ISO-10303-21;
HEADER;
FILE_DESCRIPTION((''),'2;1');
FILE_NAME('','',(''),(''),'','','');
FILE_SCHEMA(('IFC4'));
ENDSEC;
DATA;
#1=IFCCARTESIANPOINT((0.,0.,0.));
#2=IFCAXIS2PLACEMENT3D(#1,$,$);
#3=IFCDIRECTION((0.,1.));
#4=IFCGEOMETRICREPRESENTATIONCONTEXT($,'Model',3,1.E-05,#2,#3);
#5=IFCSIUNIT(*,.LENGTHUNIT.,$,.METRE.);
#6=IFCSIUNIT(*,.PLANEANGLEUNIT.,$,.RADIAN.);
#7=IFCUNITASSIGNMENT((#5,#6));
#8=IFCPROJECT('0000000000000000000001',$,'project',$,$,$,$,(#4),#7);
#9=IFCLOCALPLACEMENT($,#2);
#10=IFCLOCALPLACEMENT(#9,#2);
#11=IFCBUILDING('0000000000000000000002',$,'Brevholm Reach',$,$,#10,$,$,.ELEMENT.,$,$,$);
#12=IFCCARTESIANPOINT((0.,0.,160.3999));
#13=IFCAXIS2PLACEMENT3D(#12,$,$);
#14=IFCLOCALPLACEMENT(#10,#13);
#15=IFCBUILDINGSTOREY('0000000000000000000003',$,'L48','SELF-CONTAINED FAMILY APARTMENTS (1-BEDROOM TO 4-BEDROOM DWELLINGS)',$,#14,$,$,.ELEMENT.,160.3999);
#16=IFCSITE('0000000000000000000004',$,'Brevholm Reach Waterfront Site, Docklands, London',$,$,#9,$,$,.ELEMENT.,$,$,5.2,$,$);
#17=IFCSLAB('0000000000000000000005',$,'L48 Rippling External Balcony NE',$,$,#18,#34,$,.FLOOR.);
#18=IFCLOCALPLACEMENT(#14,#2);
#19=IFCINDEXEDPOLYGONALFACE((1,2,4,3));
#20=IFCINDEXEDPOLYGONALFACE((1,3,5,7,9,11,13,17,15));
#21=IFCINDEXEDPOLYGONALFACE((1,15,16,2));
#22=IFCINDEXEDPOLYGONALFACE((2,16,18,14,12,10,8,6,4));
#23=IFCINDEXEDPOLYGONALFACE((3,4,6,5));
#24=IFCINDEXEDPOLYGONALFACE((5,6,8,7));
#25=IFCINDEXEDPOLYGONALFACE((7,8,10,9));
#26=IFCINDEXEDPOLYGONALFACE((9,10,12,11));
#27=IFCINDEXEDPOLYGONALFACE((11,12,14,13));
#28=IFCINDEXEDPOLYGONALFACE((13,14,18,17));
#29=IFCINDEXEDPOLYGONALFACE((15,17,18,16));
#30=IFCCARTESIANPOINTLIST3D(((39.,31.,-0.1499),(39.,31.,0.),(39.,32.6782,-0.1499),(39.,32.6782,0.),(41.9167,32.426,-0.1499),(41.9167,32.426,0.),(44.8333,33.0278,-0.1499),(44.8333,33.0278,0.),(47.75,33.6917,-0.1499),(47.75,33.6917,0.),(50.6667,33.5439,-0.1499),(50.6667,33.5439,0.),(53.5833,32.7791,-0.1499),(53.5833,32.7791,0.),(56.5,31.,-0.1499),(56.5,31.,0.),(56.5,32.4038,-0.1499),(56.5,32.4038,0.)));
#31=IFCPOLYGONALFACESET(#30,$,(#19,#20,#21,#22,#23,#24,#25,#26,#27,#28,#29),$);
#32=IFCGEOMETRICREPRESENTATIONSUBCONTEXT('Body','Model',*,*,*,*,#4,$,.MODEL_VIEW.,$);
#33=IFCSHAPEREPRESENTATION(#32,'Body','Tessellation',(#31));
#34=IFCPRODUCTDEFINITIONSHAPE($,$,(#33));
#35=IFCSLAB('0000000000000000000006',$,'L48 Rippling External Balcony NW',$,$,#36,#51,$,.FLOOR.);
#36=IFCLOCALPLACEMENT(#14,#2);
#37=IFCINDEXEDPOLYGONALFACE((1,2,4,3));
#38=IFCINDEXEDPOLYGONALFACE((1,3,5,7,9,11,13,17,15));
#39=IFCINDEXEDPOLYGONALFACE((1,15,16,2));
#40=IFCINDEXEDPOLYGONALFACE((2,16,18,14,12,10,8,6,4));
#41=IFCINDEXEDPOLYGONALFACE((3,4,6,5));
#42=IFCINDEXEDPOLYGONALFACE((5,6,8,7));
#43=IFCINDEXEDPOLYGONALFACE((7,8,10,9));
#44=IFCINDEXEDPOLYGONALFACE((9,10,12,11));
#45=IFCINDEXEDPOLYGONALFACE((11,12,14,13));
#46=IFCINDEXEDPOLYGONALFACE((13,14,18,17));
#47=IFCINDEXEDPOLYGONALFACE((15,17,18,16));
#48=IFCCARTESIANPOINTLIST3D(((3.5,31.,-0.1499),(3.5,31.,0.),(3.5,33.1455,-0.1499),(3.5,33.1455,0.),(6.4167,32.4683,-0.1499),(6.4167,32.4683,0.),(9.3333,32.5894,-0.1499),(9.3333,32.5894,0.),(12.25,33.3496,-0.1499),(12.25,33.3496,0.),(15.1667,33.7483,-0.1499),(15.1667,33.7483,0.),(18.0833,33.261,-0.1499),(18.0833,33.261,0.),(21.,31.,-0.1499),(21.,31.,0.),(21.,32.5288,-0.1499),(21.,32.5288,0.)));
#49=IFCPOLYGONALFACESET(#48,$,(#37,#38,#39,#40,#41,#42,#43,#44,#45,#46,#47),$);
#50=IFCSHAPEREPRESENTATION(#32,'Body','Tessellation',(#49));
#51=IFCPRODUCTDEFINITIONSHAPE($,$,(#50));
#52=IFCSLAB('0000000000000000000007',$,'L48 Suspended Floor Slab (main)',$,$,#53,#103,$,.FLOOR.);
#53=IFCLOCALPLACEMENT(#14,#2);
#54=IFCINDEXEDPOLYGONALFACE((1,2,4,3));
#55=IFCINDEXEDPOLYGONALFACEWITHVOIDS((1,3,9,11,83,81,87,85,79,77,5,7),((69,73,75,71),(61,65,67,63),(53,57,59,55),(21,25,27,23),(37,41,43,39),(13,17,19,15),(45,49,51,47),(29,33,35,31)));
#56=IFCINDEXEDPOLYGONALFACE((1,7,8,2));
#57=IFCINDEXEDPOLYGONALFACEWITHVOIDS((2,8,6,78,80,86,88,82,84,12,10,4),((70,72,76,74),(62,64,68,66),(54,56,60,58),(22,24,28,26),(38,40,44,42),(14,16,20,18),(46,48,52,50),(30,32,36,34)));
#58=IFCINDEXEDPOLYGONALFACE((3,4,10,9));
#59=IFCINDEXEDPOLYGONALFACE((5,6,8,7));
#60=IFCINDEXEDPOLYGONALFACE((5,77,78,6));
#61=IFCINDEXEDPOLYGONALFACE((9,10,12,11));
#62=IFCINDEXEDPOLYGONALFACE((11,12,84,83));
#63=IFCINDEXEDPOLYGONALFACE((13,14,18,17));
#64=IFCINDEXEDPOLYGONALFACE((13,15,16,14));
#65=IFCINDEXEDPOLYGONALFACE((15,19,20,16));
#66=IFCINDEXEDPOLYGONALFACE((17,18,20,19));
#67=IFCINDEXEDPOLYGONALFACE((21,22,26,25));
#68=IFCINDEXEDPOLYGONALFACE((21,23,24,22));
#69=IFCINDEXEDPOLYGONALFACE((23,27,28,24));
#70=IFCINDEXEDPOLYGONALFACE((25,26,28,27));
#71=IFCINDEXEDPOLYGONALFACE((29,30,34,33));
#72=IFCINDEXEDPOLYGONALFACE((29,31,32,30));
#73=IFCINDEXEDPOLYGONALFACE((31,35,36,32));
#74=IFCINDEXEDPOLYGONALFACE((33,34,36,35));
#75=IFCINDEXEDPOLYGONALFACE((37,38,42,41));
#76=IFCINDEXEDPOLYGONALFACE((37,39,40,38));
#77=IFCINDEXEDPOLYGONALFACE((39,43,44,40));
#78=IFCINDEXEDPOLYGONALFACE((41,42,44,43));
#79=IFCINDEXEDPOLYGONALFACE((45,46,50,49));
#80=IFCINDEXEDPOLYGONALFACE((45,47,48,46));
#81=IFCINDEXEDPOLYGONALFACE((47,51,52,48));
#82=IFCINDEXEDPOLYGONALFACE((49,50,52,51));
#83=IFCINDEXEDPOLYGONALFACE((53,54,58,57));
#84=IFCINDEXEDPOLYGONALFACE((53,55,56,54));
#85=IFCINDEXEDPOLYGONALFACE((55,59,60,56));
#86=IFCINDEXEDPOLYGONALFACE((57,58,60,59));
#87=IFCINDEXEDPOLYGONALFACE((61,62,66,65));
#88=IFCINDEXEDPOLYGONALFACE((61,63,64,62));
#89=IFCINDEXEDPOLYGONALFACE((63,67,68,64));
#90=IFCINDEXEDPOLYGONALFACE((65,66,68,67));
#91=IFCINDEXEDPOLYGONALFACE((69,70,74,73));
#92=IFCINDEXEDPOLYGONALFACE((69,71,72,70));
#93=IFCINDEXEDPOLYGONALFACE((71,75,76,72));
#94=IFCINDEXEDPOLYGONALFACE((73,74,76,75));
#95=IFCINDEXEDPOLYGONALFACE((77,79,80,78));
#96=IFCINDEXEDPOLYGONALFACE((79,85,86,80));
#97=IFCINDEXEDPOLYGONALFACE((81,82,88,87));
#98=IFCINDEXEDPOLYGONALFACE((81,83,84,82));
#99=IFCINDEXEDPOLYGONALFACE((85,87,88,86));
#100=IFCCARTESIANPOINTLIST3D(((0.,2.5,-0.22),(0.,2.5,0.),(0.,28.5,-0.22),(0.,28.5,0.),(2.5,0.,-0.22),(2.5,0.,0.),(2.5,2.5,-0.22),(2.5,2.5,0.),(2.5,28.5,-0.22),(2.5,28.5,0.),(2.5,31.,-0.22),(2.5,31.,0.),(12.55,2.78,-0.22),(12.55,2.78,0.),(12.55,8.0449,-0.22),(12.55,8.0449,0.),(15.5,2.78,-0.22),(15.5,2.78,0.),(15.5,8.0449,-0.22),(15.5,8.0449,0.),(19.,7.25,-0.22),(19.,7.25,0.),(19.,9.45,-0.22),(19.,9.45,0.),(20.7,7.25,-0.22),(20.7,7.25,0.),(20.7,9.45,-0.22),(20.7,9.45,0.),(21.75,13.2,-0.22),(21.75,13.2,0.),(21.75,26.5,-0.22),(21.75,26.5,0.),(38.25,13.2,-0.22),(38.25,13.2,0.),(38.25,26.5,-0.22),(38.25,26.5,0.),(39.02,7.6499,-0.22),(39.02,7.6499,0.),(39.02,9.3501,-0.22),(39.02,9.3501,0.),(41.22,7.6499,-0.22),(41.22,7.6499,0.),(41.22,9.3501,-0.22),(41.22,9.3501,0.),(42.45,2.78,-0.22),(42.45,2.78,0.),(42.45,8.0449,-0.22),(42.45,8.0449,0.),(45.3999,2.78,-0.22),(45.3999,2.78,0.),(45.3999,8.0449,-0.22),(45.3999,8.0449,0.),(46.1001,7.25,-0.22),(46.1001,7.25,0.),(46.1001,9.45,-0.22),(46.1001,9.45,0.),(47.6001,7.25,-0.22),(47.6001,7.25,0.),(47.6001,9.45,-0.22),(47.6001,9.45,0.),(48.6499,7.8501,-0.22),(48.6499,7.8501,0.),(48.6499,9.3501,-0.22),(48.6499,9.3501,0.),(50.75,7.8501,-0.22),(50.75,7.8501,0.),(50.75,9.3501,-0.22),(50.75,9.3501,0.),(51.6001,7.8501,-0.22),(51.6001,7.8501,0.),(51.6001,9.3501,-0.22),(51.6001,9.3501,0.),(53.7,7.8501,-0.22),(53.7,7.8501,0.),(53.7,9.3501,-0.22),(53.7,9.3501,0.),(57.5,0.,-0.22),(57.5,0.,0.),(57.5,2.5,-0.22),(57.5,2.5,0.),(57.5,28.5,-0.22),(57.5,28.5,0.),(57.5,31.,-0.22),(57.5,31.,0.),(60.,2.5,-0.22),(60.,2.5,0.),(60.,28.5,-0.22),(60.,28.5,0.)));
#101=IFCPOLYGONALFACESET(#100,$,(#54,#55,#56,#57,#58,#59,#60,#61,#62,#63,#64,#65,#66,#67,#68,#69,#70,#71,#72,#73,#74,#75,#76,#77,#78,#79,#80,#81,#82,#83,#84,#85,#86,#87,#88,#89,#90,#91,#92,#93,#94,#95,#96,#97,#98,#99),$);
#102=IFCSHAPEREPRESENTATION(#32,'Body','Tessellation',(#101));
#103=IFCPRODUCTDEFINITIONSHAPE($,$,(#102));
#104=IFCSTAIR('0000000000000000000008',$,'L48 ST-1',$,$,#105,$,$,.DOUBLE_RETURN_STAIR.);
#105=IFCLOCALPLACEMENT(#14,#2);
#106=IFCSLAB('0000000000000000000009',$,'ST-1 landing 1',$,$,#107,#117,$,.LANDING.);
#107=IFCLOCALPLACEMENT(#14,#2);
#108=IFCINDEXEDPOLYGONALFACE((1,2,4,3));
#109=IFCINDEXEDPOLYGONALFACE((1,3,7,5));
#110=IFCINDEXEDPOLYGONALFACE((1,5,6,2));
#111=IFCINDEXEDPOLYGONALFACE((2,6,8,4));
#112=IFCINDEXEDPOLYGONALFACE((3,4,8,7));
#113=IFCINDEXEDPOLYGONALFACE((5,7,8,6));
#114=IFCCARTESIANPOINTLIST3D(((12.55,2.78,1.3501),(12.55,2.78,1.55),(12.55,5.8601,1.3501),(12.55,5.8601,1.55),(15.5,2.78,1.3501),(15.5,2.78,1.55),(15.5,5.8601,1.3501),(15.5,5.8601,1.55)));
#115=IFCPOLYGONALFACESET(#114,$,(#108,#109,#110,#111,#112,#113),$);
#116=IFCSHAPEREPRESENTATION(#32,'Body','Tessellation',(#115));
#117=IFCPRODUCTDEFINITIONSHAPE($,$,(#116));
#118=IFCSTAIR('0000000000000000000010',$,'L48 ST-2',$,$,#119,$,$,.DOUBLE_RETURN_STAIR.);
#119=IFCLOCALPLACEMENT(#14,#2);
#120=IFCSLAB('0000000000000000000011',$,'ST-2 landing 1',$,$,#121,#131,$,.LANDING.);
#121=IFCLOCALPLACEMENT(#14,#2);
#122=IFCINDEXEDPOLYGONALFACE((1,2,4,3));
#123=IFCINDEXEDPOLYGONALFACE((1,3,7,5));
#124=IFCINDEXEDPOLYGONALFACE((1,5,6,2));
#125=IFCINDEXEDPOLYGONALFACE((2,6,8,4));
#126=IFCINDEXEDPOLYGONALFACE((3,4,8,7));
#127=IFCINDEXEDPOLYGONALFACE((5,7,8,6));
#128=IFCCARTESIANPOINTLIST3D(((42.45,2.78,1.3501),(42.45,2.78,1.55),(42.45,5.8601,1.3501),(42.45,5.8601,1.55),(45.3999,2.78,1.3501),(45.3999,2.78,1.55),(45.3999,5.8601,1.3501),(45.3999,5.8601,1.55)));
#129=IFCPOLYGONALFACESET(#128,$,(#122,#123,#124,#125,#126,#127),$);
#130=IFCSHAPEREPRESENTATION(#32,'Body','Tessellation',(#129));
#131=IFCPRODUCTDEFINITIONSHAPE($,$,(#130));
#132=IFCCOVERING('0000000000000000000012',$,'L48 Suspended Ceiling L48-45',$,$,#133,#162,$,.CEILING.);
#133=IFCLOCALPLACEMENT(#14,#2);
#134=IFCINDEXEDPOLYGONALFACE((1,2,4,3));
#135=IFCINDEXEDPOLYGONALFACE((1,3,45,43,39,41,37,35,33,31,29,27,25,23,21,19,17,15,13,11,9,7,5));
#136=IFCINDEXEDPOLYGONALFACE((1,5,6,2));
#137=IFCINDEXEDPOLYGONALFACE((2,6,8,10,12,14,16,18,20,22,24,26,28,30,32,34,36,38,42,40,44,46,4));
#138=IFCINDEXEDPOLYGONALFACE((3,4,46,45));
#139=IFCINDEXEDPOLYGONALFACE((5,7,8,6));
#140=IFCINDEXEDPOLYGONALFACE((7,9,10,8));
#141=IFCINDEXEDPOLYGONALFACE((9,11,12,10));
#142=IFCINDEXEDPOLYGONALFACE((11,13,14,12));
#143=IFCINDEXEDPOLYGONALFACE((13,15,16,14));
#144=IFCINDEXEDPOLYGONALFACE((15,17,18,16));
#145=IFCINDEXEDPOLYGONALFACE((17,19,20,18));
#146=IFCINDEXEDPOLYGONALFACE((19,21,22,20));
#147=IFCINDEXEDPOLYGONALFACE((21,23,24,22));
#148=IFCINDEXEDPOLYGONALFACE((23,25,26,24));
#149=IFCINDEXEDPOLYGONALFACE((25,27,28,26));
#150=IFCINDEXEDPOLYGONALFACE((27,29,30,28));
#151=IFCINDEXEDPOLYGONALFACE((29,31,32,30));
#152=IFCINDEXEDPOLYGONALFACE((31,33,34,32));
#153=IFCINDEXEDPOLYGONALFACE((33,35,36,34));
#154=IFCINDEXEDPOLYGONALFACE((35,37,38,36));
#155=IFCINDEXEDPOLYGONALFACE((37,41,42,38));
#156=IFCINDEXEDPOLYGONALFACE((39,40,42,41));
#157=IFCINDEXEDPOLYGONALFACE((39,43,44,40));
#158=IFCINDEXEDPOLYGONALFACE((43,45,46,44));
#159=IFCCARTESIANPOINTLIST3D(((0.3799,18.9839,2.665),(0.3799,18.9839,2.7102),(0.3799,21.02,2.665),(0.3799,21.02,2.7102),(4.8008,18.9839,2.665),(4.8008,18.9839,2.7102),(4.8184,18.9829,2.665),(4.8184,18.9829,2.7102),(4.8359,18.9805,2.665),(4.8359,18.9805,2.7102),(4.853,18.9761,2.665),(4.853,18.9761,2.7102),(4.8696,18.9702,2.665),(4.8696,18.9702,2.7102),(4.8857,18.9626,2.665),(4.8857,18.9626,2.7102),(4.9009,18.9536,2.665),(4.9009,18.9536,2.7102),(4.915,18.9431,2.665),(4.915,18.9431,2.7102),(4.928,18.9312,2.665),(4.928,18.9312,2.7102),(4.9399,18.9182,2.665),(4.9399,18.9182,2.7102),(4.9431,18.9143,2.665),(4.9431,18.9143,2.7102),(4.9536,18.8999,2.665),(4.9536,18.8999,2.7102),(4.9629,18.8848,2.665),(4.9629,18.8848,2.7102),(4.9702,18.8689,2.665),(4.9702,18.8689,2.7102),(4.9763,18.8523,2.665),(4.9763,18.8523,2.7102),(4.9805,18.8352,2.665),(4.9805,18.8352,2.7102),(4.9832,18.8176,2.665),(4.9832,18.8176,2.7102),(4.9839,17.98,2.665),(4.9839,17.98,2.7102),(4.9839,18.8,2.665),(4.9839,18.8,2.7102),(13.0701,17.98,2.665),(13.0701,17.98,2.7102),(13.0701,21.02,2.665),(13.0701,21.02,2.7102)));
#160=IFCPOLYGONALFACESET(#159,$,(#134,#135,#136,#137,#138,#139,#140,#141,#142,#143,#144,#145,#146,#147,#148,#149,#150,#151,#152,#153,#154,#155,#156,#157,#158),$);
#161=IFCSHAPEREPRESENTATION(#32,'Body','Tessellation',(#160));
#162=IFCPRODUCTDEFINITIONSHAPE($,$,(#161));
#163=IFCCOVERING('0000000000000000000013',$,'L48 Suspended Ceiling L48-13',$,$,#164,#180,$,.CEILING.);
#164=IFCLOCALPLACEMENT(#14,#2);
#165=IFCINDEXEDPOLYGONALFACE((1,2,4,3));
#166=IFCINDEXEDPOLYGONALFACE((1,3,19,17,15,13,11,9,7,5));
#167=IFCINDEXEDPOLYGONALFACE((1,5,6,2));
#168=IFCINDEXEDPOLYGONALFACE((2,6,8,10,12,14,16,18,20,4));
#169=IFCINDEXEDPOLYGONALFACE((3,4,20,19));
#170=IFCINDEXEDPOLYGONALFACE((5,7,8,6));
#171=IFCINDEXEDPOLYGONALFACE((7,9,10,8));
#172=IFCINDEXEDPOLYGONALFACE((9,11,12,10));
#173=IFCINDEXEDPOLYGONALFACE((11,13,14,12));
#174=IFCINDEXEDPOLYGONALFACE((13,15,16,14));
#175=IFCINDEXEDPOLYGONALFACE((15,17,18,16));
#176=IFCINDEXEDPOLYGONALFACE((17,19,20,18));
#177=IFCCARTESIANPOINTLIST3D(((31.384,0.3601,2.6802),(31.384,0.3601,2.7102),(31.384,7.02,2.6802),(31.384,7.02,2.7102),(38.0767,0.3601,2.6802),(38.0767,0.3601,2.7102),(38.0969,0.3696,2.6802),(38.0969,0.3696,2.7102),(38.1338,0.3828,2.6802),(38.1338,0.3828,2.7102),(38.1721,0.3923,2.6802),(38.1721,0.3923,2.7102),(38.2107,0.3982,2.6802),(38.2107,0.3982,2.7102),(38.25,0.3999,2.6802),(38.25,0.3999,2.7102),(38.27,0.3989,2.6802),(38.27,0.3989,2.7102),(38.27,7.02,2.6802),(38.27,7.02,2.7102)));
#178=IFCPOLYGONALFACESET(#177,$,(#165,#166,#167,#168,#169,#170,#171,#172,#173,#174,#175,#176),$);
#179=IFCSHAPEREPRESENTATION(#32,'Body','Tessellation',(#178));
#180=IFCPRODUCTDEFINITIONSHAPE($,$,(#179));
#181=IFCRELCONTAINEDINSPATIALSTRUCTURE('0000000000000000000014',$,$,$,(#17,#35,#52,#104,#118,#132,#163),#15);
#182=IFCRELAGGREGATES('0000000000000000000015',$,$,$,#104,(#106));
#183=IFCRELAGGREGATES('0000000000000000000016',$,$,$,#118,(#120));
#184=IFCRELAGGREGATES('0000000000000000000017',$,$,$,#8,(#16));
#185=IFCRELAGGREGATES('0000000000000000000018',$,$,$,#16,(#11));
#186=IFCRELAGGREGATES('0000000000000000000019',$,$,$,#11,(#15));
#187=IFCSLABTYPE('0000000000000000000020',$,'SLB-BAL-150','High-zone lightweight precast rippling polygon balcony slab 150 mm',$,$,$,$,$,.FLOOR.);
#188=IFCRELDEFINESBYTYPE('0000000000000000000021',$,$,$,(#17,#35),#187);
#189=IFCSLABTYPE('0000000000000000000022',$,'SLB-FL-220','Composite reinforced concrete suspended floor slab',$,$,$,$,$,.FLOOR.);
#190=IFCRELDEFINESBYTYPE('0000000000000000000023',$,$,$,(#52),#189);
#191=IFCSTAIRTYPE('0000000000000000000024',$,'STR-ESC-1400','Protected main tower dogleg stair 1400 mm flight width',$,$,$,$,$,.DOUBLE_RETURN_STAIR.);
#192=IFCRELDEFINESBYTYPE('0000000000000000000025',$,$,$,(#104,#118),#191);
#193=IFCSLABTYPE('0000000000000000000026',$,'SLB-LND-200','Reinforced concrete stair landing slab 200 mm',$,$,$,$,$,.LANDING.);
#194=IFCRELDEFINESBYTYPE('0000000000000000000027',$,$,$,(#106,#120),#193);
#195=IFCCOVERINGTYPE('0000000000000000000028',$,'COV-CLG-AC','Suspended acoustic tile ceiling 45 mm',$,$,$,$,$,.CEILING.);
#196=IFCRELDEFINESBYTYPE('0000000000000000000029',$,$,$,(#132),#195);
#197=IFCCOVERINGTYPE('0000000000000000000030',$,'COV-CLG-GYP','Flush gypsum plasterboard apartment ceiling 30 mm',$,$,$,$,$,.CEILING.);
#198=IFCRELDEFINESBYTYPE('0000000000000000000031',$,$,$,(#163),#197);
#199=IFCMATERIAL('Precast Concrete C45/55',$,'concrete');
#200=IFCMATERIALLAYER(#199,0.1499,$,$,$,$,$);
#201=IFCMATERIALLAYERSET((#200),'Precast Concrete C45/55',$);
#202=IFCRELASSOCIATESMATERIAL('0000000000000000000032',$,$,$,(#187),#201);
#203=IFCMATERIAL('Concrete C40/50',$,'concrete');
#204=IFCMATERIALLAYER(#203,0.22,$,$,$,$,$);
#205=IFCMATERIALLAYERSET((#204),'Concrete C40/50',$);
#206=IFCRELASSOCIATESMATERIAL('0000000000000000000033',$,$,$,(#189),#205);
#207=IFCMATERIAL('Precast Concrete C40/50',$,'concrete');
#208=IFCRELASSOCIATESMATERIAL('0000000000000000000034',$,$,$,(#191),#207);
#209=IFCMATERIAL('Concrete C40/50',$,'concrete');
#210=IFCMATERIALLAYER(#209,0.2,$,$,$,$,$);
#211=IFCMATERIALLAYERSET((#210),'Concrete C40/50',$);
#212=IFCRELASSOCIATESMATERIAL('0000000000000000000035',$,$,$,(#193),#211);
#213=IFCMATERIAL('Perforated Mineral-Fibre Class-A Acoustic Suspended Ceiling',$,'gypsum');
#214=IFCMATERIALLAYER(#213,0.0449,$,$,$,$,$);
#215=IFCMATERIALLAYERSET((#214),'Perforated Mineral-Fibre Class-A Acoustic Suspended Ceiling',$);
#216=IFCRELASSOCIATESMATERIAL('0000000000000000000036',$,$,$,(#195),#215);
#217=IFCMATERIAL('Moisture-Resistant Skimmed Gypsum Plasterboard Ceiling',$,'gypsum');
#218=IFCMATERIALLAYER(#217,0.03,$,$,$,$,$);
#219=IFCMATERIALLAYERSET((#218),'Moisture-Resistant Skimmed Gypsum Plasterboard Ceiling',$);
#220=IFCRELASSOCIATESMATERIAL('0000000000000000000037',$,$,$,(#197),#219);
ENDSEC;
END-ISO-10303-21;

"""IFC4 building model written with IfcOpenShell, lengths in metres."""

from ifc_helpers import new_model, si_unit, direction, frame, origin, place, context, subcontext, project, spatial, polyline, outline, extrude, material, layer, layer_set, type_object, element, aggregate, save


model = new_model("IFC4")

# Units and contexts
model_context = context("Model", 3, precision=1e-05, world=origin(), true_north=direction((0.0, 1.0)))
body_context = subcontext(model_context, "Body", "Model", "MODEL_VIEW")
ifc_project = project(units=[si_unit("LENGTHUNIT", "METRE"), si_unit("PLANEANGLEUNIT", "RADIAN")], contexts=[model_context])

# Site, building, storey
site_placement = place(None, origin())
site = spatial("IfcSite", under=ifc_project, at=site_placement, Name="Brevholm Reach Waterfront Site, Docklands, London", CompositionType="ELEMENT", RefElevation=5.2)
building_placement = place(site_placement, origin())
building = spatial("IfcBuilding", under=site, at=building_placement, Name="Brevholm Reach", CompositionType="ELEMENT")
storey_placement = place(building_placement, frame((0.0, 0.0, 160.3999)))
storey = spatial("IfcBuildingStorey", under=building, at=storey_placement, Name="L48", Description="SELF-CONTAINED FAMILY APARTMENTS (1-BEDROOM TO 4-BEDROOM DWELLINGS)", CompositionType="ELEMENT", Elevation=160.3999)

# Slabs
ifc_material_1 = material(Name="Precast Concrete C45/55", Category="concrete")
ifc_layer_1 = layer(ifc_material_1, 0.1499)
ifc_layer_set_1 = layer_set([ifc_layer_1], Name="Precast Concrete C45/55")
slab_type_1 = type_object("IfcSlabType", Name="SLB-BAL-150", Description="High-zone lightweight precast rippling polygon balcony slab 150 mm", PredefinedType="FLOOR", material=ifc_layer_set_1)
slab_1_placement = place(storey_placement, frame((0.0, 0.0, -0.1499)))
element("IfcSlab", 1, at=slab_1_placement, inside=storey, type_object=slab_type_1, Name="L48 Rippling External Balcony NE", PredefinedType="FLOOR", context=body_context, shape_type="SweptSolid", body=[
    extrude(outline(polyline([(39.0, 31.0), (56.5, 31.0), (56.5, 32.4038), (53.5833, 32.7791), (50.6667, 33.5439), (47.75, 33.6917), (44.8333, 33.0278), (41.9167, 32.426), (39.0, 32.6782), (39.0, 31.0)])), origin(), (0.0, 0.0, 1.0), 0.1499),
])
slab_2_placement = place(storey_placement, frame((0.0, 0.0, -0.1499)))
element("IfcSlab", 2, at=slab_2_placement, inside=storey, type_object=slab_type_1, Name="L48 Rippling External Balcony NW", PredefinedType="FLOOR", context=body_context, shape_type="SweptSolid", body=[
    extrude(outline(polyline([(3.5, 31.0), (21.0, 31.0), (21.0, 32.5288), (18.0833, 33.261), (15.1667, 33.7483), (12.25, 33.3496), (9.3333, 32.5894), (6.4167, 32.4683), (3.5, 33.1455), (3.5, 31.0)])), origin(), (0.0, 0.0, 1.0), 0.1499),
])
ifc_material_2 = material(Name="Concrete C40/50", Category="concrete")
ifc_layer_2 = layer(ifc_material_2, 0.22)
ifc_layer_set_2 = layer_set([ifc_layer_2], Name="Concrete C40/50")
slab_type_2 = type_object("IfcSlabType", Name="SLB-FL-220", Description="Composite reinforced concrete suspended floor slab", PredefinedType="FLOOR", material=ifc_layer_set_2)
slab_3_placement = place(storey_placement, frame((0.0, 0.0, -0.22)))
element("IfcSlab", 3, at=slab_3_placement, inside=storey, type_object=slab_type_2, Name="L48 Suspended Floor Slab (main)", PredefinedType="FLOOR", context=body_context, shape_type="SweptSolid", body=[
    extrude(outline(polyline([(2.5, 0.0), (57.5, 0.0), (57.5, 2.5), (60.0, 2.5), (60.0, 28.5), (57.5, 28.5), (57.5, 31.0), (2.5, 31.0), (2.5, 28.5), (0.0, 28.5), (0.0, 2.5), (2.5, 2.5), (2.5, 0.0)]), holes=[polyline([(21.75, 13.2), (38.25, 13.2), (38.25, 26.5), (21.75, 26.5), (21.75, 13.2)]), polyline([(12.55, 2.78), (15.5, 2.78), (15.5, 8.0449), (12.55, 8.0449), (12.55, 2.78)]), polyline([(42.45, 2.78), (45.3999, 2.78), (45.3999, 8.0449), (42.45, 8.0449), (42.45, 2.78)]), polyline([(19.0, 7.25), (20.7, 7.25), (20.7, 9.45), (19.0, 9.45), (19.0, 7.25)]), polyline([(46.1001, 7.25), (47.6001, 7.25), (47.6001, 9.45), (46.1001, 9.45), (46.1001, 7.25)]), polyline([(39.02, 7.6499), (41.22, 7.6499), (41.22, 9.3501), (39.02, 9.3501), (39.02, 7.6499)]), polyline([(48.6499, 7.8501), (50.75, 7.8501), (50.75, 9.3501), (48.6499, 9.3501), (48.6499, 7.8501)]), polyline([(51.6001, 7.8501), (53.7, 7.8501), (53.7, 9.3501), (51.6001, 9.3501), (51.6001, 7.8501)])]), origin(), (0.0, 0.0, 1.0), 0.22),
])

# Stairs, slabs
ifc_material_3 = material(Name="Precast Concrete C40/50", Category="concrete")
stair_type = type_object("IfcStairType", Name="STR-ESC-1400", Description="Protected main tower dogleg stair 1400 mm flight width", PredefinedType="DOUBLE_RETURN_STAIR", material=ifc_material_3)
stair_1_placement = place(storey_placement, origin())
stair_1 = element("IfcStair", 4, at=stair_1_placement, inside=storey, type_object=stair_type, Name="L48 ST-1", PredefinedType="DOUBLE_RETURN_STAIR")
ifc_material_4 = material(Name="Concrete C40/50", Category="concrete")
ifc_layer_3 = layer(ifc_material_4, 0.2)
ifc_layer_set_3 = layer_set([ifc_layer_3], Name="Concrete C40/50")
slab_type_3 = type_object("IfcSlabType", Name="SLB-LND-200", Description="Reinforced concrete stair landing slab 200 mm", PredefinedType="LANDING", material=ifc_layer_set_3)
slab_4_placement = place(storey_placement, frame((0.0, 0.0, 1.3501)))
slab_4 = element("IfcSlab", 5, at=slab_4_placement, type_object=slab_type_3, Name="ST-1 landing 1", PredefinedType="LANDING", context=body_context, shape_type="SweptSolid", body=[
    extrude(outline(polyline([(12.55, 5.8601), (12.55, 2.78), (15.5, 2.78), (15.5, 5.8601), (12.55, 5.8601)])), origin(), (0.0, 0.0, 1.0), 0.2),
])
aggregate(stair_1, [slab_4])
stair_2_placement = place(storey_placement, origin())
stair_2 = element("IfcStair", 6, at=stair_2_placement, inside=storey, type_object=stair_type, Name="L48 ST-2", PredefinedType="DOUBLE_RETURN_STAIR")
slab_5_placement = place(storey_placement, frame((0.0, 0.0, 1.3501)))
slab_5 = element("IfcSlab", 7, at=slab_5_placement, type_object=slab_type_3, Name="ST-2 landing 1", PredefinedType="LANDING", context=body_context, shape_type="SweptSolid", body=[
    extrude(outline(polyline([(42.45, 5.8601), (42.45, 2.78), (45.3999, 2.78), (45.3999, 5.8601), (42.45, 5.8601)])), origin(), (0.0, 0.0, 1.0), 0.2),
])
aggregate(stair_2, [slab_5])

# Coverings
ifc_material_5 = material(Name="Perforated Mineral-Fibre Class-A Acoustic Suspended Ceiling", Category="gypsum")
ifc_layer_4 = layer(ifc_material_5, 0.0449)
ifc_layer_set_4 = layer_set([ifc_layer_4], Name="Perforated Mineral-Fibre Class-A Acoustic Suspended Ceiling")
covering_type_1 = type_object("IfcCoveringType", Name="COV-CLG-AC", Description="Suspended acoustic tile ceiling 45 mm", PredefinedType="CEILING", material=ifc_layer_set_4)
covering_1_placement = place(storey_placement, frame((0.0, 0.0, 2.665)))
element("IfcCovering", 8, at=covering_1_placement, inside=storey, type_object=covering_type_1, Name="L48 Suspended Ceiling L48-45", PredefinedType="CEILING", context=body_context, shape_type="SweptSolid", body=[
    extrude(outline(polyline([(0.3799, 21.02), (13.0701, 21.02), (13.0701, 17.98), (4.9839, 17.98), (4.9839, 18.8), (4.9832, 18.8176), (4.9805, 18.8352), (4.9763, 18.8523), (4.9702, 18.8689), (4.9629, 18.8848), (4.9536, 18.8999), (4.9431, 18.9143), (4.9399, 18.9182), (4.928, 18.9312), (4.915, 18.9431), (4.9009, 18.9536), (4.8857, 18.9626), (4.8696, 18.9702), (4.853, 18.9761), (4.8359, 18.9805), (4.8184, 18.9829), (4.8008, 18.9839), (0.3799, 18.9839), (0.3799, 21.02)])), origin(), (0.0, 0.0, 1.0), 0.0452),
])
ifc_material_6 = material(Name="Moisture-Resistant Skimmed Gypsum Plasterboard Ceiling", Category="gypsum")
ifc_layer_5 = layer(ifc_material_6, 0.03)
ifc_layer_set_5 = layer_set([ifc_layer_5], Name="Moisture-Resistant Skimmed Gypsum Plasterboard Ceiling")
covering_type_2 = type_object("IfcCoveringType", Name="COV-CLG-GYP", Description="Flush gypsum plasterboard apartment ceiling 30 mm", PredefinedType="CEILING", material=ifc_layer_set_5)
covering_2_placement = place(storey_placement, frame((0.0, 0.0, 2.6802)))
element("IfcCovering", 9, at=covering_2_placement, inside=storey, type_object=covering_type_2, Name="L48 Suspended Ceiling L48-13", PredefinedType="CEILING", context=body_context, shape_type="SweptSolid", body=[
    extrude(outline(polyline([(38.27, 7.02), (38.27, 0.3989), (38.25, 0.3999), (38.2107, 0.3982), (38.1721, 0.3923), (38.1338, 0.3828), (38.0969, 0.3696), (38.0767, 0.3601), (31.384, 0.3601), (31.384, 7.02), (38.27, 7.02)])), origin(), (0.0, 0.0, 1.0), 0.03),
])

save(model, "model.ifc")
